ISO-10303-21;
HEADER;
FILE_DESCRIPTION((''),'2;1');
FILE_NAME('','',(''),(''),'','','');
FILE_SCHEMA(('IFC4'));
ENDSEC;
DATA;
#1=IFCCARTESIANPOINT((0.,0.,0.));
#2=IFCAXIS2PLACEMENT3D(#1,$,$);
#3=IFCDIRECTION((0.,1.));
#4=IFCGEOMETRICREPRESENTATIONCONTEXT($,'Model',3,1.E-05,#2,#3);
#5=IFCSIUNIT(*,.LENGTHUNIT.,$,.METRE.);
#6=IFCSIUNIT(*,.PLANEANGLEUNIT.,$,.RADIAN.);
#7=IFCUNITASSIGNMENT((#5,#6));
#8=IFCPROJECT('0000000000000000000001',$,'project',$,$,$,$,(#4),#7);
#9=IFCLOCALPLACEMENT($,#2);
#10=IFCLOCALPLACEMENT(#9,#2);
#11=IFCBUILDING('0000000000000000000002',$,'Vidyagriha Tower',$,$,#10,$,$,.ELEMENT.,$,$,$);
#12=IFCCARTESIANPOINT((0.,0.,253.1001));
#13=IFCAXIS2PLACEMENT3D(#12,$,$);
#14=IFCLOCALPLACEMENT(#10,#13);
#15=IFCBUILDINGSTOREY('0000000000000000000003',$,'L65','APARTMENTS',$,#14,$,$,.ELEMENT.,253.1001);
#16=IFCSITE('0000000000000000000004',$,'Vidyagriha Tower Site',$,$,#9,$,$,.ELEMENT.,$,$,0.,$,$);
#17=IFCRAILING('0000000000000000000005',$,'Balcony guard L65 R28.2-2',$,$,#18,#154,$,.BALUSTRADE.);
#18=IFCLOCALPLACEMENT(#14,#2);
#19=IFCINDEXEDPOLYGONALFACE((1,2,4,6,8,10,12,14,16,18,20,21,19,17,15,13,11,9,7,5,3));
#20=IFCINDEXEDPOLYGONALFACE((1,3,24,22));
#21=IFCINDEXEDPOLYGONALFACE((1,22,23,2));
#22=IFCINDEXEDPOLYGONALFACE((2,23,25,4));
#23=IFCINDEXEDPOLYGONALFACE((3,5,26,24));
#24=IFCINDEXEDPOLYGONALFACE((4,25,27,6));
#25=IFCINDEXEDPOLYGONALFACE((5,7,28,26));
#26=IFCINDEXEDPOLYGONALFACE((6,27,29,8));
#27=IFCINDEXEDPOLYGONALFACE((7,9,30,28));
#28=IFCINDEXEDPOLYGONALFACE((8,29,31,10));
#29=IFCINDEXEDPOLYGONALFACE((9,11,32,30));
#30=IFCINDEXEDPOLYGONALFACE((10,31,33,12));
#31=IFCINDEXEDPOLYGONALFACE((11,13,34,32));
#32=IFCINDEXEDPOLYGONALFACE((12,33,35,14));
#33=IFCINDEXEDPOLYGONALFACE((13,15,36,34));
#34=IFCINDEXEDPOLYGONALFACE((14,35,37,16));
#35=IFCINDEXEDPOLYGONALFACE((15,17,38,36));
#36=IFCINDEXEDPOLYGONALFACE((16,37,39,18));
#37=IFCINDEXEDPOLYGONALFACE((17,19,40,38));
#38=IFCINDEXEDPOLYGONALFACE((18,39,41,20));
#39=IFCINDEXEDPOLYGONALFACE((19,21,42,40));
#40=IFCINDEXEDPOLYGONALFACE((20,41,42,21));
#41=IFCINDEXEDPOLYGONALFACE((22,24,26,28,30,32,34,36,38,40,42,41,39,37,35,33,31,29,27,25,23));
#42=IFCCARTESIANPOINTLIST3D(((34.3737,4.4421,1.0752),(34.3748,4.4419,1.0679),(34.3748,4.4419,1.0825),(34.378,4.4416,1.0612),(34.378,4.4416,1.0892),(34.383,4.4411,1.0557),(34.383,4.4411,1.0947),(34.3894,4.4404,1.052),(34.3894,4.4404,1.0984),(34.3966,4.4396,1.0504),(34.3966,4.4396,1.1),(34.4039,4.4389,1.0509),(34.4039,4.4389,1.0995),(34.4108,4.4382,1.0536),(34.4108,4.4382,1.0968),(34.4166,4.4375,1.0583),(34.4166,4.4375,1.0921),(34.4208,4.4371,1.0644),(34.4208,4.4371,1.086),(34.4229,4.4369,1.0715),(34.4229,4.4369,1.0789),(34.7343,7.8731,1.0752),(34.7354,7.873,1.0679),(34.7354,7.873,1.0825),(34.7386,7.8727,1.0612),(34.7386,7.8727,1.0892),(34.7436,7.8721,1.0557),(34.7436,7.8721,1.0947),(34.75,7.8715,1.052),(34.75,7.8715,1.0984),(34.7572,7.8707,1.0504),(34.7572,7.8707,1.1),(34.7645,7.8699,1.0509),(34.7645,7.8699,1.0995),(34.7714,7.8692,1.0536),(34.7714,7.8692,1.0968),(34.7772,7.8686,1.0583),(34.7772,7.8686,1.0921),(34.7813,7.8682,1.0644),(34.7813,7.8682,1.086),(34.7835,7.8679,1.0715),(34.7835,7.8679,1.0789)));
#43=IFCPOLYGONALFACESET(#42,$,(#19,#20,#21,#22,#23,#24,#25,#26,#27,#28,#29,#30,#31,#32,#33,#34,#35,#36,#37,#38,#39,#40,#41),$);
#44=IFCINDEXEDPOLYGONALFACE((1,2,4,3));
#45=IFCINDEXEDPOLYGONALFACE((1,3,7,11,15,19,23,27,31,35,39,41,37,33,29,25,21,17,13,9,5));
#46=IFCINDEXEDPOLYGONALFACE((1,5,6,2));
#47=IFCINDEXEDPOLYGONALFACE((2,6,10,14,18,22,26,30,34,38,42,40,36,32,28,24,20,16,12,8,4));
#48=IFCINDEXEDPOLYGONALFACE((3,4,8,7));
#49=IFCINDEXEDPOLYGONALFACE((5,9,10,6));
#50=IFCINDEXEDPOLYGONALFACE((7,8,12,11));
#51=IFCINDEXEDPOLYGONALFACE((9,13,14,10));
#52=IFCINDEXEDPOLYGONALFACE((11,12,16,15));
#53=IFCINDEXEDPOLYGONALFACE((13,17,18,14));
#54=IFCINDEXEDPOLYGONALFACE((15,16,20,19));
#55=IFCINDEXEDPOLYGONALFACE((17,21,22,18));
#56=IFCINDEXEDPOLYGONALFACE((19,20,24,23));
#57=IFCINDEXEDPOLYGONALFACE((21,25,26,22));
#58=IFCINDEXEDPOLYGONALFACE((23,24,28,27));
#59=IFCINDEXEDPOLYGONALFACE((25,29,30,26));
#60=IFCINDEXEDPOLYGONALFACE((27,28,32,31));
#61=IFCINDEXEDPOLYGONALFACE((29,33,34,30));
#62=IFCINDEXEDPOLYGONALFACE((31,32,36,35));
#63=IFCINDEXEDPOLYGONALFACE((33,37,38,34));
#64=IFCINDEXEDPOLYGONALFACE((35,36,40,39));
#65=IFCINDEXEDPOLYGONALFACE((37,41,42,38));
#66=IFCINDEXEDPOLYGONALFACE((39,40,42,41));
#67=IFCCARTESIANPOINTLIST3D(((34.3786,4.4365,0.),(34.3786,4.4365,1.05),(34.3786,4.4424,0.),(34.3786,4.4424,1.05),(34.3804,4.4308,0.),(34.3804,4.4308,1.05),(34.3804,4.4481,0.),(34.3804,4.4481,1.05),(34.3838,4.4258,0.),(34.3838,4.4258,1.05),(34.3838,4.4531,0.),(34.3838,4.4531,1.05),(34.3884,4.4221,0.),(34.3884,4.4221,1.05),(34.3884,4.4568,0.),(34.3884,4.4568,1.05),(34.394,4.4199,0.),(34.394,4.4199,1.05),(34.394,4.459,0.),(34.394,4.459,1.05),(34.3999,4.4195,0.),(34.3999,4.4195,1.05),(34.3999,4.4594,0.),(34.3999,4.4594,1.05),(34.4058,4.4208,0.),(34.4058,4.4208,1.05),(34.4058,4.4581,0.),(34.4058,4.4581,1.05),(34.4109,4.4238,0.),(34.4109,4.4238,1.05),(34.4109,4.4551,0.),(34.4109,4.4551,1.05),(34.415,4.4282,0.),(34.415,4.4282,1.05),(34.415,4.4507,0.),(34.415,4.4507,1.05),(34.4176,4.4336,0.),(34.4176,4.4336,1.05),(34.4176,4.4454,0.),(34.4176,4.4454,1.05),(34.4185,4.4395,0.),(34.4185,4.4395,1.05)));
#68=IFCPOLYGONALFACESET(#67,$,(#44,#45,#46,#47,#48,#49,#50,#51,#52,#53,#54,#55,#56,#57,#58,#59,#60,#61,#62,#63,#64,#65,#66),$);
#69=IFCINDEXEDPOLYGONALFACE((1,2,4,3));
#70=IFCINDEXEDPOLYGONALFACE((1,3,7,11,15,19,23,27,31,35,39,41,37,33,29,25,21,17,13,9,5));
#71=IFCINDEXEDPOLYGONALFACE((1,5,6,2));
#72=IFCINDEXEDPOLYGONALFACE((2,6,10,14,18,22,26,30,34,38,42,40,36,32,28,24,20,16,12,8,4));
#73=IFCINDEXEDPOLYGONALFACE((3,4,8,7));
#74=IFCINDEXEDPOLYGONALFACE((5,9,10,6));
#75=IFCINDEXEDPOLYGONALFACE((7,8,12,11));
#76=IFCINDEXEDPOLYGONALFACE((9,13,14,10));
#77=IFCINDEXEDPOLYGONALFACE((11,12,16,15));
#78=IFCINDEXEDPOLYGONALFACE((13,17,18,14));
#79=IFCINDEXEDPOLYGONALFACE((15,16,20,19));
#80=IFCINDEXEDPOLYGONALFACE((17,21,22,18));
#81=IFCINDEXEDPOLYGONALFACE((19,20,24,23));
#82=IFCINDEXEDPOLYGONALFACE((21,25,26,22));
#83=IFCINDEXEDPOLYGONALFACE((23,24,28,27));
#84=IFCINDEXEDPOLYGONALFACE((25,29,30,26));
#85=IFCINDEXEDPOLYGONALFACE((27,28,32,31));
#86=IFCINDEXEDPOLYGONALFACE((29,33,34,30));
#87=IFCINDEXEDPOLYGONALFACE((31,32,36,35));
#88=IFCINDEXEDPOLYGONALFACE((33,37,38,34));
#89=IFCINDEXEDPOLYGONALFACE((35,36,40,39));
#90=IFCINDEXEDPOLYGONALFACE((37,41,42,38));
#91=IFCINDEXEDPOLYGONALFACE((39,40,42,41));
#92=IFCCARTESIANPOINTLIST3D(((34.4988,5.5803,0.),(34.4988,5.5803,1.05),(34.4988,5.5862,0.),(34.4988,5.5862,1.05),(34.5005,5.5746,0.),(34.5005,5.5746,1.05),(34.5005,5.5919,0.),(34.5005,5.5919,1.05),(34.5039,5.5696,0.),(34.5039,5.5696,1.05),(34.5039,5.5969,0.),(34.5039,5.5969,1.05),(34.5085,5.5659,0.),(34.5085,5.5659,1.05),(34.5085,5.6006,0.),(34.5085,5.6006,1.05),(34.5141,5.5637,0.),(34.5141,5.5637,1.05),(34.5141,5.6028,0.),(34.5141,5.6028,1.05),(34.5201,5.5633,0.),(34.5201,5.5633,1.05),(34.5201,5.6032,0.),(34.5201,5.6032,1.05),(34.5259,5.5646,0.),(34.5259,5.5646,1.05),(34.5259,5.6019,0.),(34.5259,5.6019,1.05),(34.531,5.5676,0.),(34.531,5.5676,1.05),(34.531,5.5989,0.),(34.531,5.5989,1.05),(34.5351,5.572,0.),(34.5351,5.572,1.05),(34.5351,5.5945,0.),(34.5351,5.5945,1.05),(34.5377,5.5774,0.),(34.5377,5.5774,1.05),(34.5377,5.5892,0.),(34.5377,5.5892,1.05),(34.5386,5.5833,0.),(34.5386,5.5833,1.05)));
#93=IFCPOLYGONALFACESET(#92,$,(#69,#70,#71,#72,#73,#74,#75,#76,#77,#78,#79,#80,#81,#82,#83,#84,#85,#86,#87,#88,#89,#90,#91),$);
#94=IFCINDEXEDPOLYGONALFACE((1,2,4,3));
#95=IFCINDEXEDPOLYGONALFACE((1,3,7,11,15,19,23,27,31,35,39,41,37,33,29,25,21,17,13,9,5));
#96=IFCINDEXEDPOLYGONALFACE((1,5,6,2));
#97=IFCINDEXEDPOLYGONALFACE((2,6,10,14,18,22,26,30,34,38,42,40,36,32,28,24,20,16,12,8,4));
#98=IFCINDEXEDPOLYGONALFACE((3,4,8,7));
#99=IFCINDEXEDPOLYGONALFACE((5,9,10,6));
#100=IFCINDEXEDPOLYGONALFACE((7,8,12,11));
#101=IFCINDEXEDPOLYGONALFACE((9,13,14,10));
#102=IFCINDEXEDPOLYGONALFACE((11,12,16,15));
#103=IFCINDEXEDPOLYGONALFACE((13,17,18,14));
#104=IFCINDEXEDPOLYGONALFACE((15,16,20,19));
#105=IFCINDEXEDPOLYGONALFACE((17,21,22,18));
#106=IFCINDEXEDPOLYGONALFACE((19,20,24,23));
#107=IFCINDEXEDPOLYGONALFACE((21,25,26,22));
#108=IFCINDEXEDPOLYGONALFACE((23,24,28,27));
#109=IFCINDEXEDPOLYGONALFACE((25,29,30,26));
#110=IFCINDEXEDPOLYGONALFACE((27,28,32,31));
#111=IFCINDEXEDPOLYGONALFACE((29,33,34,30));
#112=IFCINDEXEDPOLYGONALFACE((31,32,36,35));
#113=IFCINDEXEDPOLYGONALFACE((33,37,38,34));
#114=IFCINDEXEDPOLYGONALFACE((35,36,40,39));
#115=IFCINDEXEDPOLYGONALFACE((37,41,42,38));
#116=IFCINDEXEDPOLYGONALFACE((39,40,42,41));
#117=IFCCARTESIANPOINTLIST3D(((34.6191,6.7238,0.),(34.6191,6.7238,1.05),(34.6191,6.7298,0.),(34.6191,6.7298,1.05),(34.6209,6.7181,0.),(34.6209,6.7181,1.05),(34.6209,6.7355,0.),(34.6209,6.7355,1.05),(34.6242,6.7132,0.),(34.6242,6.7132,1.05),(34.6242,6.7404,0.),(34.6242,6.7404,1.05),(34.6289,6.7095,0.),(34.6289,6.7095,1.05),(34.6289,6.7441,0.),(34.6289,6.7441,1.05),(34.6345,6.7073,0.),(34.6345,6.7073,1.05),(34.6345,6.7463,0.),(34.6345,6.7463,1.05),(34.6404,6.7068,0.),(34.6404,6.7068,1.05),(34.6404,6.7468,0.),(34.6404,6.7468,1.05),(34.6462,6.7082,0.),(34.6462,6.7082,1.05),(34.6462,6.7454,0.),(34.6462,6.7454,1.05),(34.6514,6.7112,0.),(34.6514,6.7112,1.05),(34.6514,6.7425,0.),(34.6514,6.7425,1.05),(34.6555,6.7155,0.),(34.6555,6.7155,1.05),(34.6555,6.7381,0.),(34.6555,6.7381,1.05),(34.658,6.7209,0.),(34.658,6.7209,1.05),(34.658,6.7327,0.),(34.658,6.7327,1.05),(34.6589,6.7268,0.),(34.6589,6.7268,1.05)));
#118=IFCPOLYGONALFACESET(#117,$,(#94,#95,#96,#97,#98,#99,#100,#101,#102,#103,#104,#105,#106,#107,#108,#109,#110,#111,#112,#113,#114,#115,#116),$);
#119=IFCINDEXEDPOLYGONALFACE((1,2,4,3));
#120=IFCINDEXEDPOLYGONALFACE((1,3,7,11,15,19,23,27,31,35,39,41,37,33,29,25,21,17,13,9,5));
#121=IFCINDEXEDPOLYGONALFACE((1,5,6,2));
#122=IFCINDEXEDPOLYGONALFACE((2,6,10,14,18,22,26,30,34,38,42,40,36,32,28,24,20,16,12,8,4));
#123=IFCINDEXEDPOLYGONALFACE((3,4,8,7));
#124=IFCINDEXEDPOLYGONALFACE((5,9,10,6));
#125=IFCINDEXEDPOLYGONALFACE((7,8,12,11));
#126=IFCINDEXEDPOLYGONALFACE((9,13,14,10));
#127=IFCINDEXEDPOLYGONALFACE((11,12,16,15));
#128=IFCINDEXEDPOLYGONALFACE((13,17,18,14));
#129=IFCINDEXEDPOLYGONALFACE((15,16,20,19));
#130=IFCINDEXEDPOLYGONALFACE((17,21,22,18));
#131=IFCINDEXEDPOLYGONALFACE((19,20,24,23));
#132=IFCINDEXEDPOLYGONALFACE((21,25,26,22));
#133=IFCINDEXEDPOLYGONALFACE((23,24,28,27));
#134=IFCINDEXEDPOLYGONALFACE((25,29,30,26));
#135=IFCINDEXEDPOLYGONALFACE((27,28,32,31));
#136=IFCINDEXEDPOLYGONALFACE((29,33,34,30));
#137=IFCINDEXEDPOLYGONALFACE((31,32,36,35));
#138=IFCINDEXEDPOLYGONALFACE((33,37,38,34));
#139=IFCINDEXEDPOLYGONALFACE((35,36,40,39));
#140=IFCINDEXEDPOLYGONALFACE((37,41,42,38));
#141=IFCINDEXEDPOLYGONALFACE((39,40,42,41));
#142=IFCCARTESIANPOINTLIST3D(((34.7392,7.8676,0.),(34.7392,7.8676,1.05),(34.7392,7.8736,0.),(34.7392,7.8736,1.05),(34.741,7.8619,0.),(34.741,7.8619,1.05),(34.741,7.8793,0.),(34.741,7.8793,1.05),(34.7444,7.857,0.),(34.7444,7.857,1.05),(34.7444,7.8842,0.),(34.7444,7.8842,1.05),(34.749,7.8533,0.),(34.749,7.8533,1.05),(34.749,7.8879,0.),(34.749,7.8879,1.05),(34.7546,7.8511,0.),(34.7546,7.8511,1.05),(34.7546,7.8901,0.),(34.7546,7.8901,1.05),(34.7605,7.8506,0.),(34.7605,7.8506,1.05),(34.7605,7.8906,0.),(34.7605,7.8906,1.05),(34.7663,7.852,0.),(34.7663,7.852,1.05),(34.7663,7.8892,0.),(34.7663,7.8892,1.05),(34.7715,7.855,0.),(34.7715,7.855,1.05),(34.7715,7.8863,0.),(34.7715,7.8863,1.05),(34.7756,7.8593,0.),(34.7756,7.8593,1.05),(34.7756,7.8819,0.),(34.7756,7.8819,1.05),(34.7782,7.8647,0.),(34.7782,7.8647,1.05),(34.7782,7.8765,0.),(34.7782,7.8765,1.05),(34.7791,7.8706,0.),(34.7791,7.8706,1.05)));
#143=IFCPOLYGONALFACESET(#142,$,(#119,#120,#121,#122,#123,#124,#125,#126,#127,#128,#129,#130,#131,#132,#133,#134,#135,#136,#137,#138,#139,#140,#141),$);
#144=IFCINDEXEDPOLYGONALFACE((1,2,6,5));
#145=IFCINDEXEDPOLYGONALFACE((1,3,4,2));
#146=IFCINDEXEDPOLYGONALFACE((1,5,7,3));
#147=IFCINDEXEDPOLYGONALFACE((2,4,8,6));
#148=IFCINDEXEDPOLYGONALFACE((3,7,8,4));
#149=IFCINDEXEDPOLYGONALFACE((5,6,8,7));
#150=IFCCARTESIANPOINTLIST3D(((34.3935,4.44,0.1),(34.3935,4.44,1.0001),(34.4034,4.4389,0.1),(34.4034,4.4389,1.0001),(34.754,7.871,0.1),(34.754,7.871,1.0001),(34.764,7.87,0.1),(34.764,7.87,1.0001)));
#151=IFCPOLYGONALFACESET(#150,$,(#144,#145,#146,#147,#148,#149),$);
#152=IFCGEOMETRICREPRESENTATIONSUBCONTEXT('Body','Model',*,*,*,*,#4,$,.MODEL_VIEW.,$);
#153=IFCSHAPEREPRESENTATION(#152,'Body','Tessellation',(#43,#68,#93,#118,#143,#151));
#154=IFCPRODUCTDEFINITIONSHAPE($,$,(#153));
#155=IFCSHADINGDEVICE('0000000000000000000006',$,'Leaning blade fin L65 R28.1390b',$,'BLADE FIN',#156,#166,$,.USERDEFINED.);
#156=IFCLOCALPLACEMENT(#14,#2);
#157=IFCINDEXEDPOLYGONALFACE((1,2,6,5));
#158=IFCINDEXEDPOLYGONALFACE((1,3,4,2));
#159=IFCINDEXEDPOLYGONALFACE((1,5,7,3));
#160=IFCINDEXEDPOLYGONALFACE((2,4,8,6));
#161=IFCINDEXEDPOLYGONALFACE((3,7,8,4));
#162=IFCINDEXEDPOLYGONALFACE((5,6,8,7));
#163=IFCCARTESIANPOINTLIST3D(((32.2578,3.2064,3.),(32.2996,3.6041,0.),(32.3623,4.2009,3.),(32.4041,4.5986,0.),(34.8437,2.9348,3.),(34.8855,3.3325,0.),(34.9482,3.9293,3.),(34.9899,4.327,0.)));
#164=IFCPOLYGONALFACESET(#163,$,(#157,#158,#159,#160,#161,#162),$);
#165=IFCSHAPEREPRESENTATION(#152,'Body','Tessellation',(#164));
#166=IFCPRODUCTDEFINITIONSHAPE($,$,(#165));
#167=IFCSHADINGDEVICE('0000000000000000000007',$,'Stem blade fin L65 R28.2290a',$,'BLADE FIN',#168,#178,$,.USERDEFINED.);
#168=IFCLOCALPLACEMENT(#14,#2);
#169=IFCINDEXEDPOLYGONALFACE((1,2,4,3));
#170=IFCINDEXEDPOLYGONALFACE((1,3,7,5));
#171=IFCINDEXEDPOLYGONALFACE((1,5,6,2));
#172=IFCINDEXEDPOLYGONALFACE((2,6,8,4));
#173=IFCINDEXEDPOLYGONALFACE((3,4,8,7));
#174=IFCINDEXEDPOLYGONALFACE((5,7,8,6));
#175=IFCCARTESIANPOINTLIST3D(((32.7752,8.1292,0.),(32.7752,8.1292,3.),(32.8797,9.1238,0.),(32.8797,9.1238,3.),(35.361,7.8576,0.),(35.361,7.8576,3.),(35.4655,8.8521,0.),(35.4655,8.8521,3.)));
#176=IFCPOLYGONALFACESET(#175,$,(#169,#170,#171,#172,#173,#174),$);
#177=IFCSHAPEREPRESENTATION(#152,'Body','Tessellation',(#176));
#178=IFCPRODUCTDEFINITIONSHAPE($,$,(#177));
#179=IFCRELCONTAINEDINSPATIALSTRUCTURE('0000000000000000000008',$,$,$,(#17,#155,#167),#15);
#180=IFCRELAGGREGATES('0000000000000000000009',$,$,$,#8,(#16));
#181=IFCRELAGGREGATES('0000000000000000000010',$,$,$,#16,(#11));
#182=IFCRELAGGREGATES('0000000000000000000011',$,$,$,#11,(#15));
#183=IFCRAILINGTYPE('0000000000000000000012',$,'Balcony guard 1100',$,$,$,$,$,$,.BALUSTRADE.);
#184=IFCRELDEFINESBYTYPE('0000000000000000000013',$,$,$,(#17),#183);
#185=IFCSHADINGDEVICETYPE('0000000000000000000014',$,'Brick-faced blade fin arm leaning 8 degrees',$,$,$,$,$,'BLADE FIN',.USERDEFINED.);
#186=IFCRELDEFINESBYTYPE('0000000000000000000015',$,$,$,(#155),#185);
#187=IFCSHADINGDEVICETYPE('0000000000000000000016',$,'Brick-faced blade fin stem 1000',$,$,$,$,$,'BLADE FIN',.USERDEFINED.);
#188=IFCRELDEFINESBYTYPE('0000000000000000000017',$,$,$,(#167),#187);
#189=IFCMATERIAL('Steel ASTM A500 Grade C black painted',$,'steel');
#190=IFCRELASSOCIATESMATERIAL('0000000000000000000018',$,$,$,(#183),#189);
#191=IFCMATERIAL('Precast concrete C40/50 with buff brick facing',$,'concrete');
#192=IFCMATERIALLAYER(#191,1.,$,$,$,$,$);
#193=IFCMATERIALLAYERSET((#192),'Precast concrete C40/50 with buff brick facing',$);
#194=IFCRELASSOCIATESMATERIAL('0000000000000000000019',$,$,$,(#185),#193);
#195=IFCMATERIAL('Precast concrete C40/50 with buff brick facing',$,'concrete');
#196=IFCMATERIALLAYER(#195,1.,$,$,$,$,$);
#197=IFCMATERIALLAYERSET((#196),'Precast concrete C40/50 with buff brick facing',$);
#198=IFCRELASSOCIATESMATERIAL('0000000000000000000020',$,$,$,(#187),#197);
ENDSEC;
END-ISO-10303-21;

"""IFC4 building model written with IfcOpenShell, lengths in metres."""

from ifc_helpers import new_model, si_unit, direction, frame, origin, origin_2d, place, context, subcontext, project, spatial, polyline, rectangle, circle, outline, extrude, material, layer, layer_set, type_object, element, save


model = new_model("IFC4")

# Units and contexts
model_context = context("Model", 3, precision=1e-05, world=origin(), true_north=direction((0.0, 1.0)))
body_context = subcontext(model_context, "Body", "Model", "MODEL_VIEW")
ifc_project = project(units=[si_unit("LENGTHUNIT", "METRE"), si_unit("PLANEANGLEUNIT", "RADIAN")], contexts=[model_context])

# Site, building, storey
site_placement = place(None, origin())
site = spatial("IfcSite", under=ifc_project, at=site_placement, Name="Vidyagriha Tower Site", CompositionType="ELEMENT", RefElevation=0.0)
building_placement = place(site_placement, origin())
building = spatial("IfcBuilding", under=site, at=building_placement, Name="Vidyagriha Tower", CompositionType="ELEMENT")
storey_placement = place(building_placement, frame((0.0, 0.0, 253.1001)))
storey = spatial("IfcBuildingStorey", under=building, at=storey_placement, Name="L65", Description="APARTMENTS", CompositionType="ELEMENT", Elevation=253.1001)

# Railing
ifc_material_1 = material(Name="Steel ASTM A500 Grade C black painted", Category="steel")
railing_type_1 = type_object("IfcRailingType", Name="Balcony guard 1100", PredefinedType="BALUSTRADE", material=ifc_material_1)
railing_1_placement = place(storey_placement, frame((34.3984, 4.4395, 0.0)))
element("IfcRailing", 1, at=railing_1_placement, inside=storey, type_object=railing_type_1, Name="Balcony guard L65 R28.2-2", PredefinedType="BALUSTRADE", context=body_context, shape_type="SweptSolid", body=[
    extrude(circle(Radius=0.0249, at=origin_2d()), frame((0.0, 0.0, 1.0752), z_axis=(0.104519, 0.994523, 0.0), x_axis=(-0.994523, 0.104519, 0.0)), (0.0, 0.0, 1.0), 3.45),
    extrude(circle(Radius=0.02, at=origin_2d()), origin(), (0.0, 0.0, 1.0), 1.05),
    extrude(circle(Radius=0.02, at=origin_2d()), frame((0.1201, 1.1438, 0.0)), (0.0, 0.0, 1.0), 1.05),
    extrude(circle(Radius=0.02, at=origin_2d()), frame((0.2405, 2.2874, 0.0)), (0.0, 0.0, 1.0), 1.05),
    extrude(circle(Radius=0.02, at=origin_2d()), frame((0.3606, 3.4312, 0.0)), (0.0, 0.0, 1.0), 1.05),
    extrude(rectangle(XDim=0.01, YDim=0.9001, at=origin_2d()), frame((0.0, 0.0, 0.55), z_axis=(0.104519, 0.994523, 0.0), x_axis=(-0.994523, 0.104519, 0.0)), (0.0, 0.0, 1.0), 3.45),
])

# Shading devices
ifc_material_2 = material(Name="Precast concrete C40/50 with buff brick facing", Category="concrete")
ifc_layer_1 = layer(ifc_material_2, 1.0)
ifc_layer_set_1 = layer_set([ifc_layer_1], Name="Precast concrete C40/50 with buff brick facing")
shading_device_type_1 = type_object("IfcShadingDeviceType", Name="Brick-faced blade fin arm leaning 8 degrees", ElementType="BLADE FIN", PredefinedType="USERDEFINED", material=ifc_layer_set_1)
shading_device_1_placement = place(storey_placement, frame((33.5508, 3.0706, 0.0), z_axis=(0.0, 0.0, 1.0), x_axis=(0.104458, 0.994529, 0.0)))
element("IfcShadingDevice", 2, at=shading_device_1_placement, inside=storey, type_object=shading_device_type_1, Name="Leaning blade fin L65 R28.1390b", ObjectType="BLADE FIN", PredefinedType="USERDEFINED", context=body_context, shape_type="SweptSolid", body=[
    extrude(outline(polyline([(0.3999, 0.0), (1.3999, 0.0), (1.0, 3.0), (0.0, 3.0), (0.3999, 0.0)])), frame((0.0, 1.3, 0.0), z_axis=(0.0, -1.0, 0.0), x_axis=(1.0, 0.0, 0.0)), (0.0, 0.0, 1.0), 2.6001),
])
ifc_material_3 = material(Name="Precast concrete C40/50 with buff brick facing", Category="concrete")
ifc_layer_2 = layer(ifc_material_3, 1.0)
ifc_layer_set_2 = layer_set([ifc_layer_2], Name="Precast concrete C40/50 with buff brick facing")
shading_device_type_2 = type_object("IfcShadingDeviceType", Name="Brick-faced blade fin stem 1000", ElementType="BLADE FIN", PredefinedType="USERDEFINED", material=ifc_layer_set_2)
shading_device_2_placement = place(storey_placement, frame((34.0681, 7.9934, 0.0), z_axis=(0.0, 0.0, 1.0), x_axis=(0.104481, 0.994527, 0.0)))
element("IfcShadingDevice", 3, at=shading_device_2_placement, inside=storey, type_object=shading_device_type_2, Name="Stem blade fin L65 R28.2290a", ObjectType="BLADE FIN", PredefinedType="USERDEFINED", context=body_context, shape_type="SweptSolid", body=[
    extrude(outline(polyline([(0.0, 0.0), (1.0, 0.0), (1.0, 3.0), (0.0, 3.0), (0.0, 0.0)])), frame((0.0, 1.3, 0.0), z_axis=(0.0, -1.0, 0.0), x_axis=(1.0, 0.0, 0.0)), (0.0, 0.0, 1.0), 2.6001),
])

save(model, "model.ifc")
